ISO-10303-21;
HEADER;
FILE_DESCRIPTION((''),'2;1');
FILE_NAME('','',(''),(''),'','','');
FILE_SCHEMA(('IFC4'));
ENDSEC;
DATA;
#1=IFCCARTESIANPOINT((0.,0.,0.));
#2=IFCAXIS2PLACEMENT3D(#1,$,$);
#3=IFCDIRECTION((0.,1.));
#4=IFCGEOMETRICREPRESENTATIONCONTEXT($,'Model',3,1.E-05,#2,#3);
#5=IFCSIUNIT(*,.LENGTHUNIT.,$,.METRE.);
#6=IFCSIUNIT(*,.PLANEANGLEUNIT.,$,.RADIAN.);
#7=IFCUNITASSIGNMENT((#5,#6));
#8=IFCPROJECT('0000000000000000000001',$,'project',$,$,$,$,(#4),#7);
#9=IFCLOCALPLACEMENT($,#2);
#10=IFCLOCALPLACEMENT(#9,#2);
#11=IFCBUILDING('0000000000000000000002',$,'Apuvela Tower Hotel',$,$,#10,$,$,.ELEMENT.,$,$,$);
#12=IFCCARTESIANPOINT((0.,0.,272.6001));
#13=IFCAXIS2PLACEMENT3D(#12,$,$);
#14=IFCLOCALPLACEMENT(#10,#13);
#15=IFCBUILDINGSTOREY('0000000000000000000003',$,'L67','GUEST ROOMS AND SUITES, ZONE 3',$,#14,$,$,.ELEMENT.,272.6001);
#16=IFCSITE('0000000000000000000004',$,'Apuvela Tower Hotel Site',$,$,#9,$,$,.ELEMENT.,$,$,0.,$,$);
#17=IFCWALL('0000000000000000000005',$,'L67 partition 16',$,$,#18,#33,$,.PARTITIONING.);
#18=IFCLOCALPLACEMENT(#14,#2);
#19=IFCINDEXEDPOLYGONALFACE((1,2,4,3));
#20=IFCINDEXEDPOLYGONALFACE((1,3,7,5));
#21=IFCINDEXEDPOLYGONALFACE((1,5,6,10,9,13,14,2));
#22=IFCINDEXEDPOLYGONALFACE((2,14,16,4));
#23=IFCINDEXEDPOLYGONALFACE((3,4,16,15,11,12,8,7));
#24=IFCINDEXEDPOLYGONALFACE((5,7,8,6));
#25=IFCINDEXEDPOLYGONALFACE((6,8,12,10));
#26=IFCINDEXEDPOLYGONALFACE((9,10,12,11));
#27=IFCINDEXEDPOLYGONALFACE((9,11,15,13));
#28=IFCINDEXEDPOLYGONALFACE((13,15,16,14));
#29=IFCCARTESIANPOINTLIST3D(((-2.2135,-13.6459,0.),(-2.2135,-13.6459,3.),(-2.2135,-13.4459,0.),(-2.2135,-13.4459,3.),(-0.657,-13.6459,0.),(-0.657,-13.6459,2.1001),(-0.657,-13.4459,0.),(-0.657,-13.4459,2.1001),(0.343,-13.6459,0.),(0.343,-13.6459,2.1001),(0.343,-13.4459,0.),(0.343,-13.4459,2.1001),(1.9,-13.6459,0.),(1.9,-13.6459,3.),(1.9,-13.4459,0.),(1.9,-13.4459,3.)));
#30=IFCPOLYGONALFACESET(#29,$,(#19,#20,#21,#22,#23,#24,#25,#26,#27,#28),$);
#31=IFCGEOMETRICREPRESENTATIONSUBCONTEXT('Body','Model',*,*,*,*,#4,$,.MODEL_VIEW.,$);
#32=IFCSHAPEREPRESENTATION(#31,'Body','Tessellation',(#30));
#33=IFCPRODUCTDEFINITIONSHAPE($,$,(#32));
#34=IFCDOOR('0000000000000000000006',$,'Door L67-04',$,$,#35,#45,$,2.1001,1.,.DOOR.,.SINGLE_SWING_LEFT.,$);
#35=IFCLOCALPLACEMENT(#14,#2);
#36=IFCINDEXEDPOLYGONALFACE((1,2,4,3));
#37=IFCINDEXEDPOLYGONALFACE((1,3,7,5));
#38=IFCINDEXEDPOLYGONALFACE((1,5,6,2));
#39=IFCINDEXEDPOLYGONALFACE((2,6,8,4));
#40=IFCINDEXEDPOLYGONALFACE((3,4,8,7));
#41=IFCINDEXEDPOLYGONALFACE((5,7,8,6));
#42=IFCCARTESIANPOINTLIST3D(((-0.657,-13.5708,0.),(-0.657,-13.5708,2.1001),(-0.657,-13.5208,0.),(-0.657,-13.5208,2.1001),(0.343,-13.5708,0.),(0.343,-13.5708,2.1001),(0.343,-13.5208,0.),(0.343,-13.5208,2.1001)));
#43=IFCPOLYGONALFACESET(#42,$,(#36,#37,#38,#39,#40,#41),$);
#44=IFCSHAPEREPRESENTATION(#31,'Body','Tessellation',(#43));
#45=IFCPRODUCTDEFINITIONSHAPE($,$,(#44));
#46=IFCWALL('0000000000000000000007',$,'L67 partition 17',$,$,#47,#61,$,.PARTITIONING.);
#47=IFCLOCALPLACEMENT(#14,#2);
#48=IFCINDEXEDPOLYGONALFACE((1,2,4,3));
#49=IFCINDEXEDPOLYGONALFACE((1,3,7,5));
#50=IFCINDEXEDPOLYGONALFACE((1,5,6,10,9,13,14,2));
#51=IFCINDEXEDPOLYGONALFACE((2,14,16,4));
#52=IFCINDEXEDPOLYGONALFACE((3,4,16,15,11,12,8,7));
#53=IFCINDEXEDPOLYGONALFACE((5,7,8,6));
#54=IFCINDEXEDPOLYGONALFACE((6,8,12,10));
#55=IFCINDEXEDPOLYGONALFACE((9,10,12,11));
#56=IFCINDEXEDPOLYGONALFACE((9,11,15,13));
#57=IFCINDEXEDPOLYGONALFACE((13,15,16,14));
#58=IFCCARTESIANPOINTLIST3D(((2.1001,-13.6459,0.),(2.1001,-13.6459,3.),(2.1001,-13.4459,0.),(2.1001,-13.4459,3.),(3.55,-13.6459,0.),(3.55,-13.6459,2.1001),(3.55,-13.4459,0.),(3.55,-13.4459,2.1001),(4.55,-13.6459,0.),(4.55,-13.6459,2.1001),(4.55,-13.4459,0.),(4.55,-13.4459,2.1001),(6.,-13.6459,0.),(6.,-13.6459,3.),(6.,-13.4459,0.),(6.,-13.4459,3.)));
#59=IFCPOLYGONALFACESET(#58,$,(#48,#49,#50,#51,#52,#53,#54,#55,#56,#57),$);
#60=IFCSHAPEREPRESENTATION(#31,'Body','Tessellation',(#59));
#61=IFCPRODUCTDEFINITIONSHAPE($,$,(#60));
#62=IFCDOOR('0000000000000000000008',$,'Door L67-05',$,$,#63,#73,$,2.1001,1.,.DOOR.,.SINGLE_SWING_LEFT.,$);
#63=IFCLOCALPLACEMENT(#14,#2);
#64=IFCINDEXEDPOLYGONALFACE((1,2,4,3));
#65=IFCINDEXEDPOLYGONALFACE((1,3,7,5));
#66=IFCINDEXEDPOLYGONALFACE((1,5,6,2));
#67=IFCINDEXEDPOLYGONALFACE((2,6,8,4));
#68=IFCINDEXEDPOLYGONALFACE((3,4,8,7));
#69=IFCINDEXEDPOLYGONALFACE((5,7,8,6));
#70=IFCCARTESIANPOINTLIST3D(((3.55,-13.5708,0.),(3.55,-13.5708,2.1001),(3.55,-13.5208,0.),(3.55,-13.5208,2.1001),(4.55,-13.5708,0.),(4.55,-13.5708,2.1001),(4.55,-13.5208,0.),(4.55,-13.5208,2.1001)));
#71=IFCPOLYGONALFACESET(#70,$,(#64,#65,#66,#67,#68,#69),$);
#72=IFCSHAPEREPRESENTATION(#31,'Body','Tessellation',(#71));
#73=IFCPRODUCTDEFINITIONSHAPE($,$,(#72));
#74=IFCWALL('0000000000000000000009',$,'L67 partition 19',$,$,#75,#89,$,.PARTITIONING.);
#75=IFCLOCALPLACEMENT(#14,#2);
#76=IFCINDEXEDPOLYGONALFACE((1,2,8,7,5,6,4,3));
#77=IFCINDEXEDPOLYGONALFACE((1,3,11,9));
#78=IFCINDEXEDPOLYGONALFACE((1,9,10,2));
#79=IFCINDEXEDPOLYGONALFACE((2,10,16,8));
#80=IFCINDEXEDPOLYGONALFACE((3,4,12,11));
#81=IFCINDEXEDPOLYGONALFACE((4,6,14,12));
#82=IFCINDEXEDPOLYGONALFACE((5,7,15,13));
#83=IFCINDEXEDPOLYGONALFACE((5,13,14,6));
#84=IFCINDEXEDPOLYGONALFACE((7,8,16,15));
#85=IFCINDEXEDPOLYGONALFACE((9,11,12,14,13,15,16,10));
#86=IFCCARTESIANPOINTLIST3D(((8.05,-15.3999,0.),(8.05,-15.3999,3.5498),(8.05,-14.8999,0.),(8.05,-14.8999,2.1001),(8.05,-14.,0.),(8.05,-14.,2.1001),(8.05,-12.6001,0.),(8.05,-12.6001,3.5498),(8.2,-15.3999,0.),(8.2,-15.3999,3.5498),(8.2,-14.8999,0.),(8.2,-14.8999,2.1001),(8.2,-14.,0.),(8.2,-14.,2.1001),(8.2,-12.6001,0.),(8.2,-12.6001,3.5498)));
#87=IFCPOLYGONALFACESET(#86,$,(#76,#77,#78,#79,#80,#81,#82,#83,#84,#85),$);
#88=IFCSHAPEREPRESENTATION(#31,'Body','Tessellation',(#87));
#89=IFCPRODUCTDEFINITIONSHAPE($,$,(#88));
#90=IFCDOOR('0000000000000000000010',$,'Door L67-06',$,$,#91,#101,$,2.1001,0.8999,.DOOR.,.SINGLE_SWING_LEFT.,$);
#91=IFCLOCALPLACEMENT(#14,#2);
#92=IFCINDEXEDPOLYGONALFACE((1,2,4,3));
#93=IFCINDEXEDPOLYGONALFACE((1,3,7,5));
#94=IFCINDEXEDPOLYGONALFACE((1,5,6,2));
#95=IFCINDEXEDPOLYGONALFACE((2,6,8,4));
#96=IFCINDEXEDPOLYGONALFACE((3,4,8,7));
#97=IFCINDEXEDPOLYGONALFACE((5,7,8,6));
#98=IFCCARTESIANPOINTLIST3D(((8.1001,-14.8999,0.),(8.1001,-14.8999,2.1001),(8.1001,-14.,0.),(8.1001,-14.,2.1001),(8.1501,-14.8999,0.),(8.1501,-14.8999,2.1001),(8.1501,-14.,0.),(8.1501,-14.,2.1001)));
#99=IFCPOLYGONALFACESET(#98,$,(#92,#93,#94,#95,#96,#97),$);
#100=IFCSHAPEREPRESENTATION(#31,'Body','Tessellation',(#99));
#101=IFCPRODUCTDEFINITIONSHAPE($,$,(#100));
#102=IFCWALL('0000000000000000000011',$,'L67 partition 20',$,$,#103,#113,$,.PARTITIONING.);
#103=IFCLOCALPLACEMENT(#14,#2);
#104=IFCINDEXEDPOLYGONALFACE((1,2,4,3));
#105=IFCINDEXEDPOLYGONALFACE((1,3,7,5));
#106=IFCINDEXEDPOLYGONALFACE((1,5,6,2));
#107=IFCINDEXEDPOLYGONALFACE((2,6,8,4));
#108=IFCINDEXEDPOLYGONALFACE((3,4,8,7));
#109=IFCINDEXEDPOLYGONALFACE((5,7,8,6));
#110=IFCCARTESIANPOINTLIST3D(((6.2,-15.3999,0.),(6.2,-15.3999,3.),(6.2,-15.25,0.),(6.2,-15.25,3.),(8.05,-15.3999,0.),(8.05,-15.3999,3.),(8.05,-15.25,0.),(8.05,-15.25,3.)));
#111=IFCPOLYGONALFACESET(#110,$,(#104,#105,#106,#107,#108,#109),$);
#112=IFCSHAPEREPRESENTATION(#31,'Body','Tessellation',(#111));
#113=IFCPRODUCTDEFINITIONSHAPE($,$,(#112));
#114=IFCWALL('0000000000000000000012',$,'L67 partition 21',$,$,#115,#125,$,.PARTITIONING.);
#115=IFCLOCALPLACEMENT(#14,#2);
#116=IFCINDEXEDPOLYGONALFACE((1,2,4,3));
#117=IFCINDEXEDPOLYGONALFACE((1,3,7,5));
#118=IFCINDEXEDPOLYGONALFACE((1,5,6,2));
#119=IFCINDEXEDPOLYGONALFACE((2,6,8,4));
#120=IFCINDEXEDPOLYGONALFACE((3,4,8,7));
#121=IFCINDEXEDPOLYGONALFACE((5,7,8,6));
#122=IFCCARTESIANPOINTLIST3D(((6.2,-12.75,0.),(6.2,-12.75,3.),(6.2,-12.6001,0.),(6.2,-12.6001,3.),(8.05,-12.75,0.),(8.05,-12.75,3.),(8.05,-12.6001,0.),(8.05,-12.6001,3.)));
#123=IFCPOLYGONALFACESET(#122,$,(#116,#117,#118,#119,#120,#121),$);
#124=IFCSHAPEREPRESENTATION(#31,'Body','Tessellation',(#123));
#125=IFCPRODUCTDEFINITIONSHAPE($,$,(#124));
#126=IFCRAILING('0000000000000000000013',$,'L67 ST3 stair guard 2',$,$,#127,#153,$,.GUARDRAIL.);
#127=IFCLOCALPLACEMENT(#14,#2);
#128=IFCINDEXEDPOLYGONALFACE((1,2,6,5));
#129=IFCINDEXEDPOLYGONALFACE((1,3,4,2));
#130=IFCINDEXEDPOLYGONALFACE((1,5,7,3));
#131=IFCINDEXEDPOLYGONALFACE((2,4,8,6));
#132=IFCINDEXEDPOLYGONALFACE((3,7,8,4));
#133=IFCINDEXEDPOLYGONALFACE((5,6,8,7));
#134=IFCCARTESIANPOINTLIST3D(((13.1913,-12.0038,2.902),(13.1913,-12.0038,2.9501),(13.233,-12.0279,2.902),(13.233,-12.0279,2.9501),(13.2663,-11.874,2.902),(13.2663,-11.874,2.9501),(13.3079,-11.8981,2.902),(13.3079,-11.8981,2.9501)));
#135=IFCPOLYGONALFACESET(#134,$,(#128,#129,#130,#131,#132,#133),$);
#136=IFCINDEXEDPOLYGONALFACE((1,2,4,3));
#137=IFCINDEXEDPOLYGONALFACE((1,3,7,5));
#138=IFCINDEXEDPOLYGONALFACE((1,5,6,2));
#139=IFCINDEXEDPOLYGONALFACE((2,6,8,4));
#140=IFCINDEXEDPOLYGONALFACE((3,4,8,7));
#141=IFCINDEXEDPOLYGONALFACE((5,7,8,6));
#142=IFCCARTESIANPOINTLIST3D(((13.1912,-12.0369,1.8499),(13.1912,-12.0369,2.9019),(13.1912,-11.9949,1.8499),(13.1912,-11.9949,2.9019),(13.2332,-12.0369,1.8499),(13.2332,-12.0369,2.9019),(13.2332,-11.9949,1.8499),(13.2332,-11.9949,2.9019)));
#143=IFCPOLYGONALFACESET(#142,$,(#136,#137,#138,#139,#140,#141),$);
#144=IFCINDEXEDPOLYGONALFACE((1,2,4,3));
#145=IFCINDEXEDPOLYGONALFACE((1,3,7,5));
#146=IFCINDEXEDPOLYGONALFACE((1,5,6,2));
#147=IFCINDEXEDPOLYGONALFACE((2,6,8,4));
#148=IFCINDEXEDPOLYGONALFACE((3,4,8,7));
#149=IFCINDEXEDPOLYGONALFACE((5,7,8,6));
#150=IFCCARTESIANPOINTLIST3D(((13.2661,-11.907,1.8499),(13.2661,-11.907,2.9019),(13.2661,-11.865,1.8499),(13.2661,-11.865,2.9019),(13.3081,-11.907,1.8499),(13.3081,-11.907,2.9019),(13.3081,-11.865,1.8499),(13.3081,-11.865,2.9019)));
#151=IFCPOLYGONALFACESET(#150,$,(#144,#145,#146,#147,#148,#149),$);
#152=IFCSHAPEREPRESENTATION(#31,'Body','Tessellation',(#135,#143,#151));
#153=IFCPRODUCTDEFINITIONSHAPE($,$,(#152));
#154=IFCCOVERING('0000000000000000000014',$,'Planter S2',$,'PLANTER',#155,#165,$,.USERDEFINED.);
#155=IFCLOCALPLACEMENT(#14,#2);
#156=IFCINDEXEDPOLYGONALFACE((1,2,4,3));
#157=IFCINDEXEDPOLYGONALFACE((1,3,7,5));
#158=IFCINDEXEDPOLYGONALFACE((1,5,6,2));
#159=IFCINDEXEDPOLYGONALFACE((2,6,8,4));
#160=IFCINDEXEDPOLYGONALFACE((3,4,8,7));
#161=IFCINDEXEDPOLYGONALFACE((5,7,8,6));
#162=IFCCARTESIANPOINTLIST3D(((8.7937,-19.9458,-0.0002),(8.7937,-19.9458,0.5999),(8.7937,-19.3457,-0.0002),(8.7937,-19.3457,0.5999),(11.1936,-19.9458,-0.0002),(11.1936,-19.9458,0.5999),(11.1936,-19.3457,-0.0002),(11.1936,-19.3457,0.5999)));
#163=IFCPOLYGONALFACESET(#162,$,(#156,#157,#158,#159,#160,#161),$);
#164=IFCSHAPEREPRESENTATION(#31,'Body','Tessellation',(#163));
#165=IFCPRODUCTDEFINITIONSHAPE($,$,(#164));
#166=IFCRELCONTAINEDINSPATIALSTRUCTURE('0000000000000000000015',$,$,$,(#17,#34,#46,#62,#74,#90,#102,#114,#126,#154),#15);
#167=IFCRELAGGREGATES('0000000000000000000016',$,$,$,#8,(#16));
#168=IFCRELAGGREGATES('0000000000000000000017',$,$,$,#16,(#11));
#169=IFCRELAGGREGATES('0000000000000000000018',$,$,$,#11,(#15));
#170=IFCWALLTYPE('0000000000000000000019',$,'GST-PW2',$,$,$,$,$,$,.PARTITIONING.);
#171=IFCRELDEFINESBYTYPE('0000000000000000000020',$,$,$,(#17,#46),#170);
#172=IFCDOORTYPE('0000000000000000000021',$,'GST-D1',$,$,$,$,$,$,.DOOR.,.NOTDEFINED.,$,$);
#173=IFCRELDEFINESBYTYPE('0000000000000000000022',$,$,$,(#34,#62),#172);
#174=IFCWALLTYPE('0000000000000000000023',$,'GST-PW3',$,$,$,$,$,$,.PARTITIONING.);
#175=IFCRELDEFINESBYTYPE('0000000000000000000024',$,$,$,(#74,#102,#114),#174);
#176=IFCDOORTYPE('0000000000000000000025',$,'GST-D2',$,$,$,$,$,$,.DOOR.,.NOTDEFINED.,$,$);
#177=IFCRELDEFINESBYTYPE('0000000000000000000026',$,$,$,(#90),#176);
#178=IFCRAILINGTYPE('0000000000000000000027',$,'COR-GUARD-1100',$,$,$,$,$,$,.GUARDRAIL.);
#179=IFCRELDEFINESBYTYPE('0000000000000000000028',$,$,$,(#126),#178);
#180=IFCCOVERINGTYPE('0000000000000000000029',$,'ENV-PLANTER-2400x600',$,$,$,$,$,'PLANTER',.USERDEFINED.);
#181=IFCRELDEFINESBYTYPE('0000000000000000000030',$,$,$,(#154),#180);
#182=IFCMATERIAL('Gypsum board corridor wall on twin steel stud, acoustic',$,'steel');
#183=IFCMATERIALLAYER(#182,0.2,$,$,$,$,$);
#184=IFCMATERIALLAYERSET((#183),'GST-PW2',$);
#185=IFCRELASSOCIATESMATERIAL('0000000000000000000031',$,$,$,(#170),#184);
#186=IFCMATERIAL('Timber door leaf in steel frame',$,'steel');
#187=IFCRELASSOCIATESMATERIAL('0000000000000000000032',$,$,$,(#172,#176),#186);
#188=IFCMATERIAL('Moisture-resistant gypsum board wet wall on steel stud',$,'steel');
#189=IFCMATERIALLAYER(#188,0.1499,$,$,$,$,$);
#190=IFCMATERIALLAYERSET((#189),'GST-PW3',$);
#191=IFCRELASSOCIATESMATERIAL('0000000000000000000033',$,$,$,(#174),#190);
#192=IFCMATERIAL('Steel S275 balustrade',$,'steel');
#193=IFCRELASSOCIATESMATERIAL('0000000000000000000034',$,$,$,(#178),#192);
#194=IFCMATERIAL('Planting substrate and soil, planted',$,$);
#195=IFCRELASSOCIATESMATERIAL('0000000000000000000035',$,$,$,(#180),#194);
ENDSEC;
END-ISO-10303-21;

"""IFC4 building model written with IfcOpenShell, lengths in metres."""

from ifc_helpers import new_model, si_unit, direction, frame, frame_2d, origin, origin_2d, place, context, subcontext, project, spatial, rectangle, extrude, material, layer, layer_set, type_object, element, fill, save


model = new_model("IFC4")

# Units and contexts
model_context = context("Model", 3, precision=1e-05, world=origin(), true_north=direction((0.0, 1.0)))
body_context = subcontext(model_context, "Body", "Model", "MODEL_VIEW")
ifc_project = project(units=[si_unit("LENGTHUNIT", "METRE"), si_unit("PLANEANGLEUNIT", "RADIAN")], contexts=[model_context])

# Site, building, storey
site_placement = place(None, origin())
site = spatial("IfcSite", under=ifc_project, at=site_placement, Name="Apuvela Tower Hotel Site", CompositionType="ELEMENT", RefElevation=0.0)
building_placement = place(site_placement, origin())
building = spatial("IfcBuilding", under=site, at=building_placement, Name="Apuvela Tower Hotel", CompositionType="ELEMENT")
storey_placement = place(building_placement, frame((0.0, 0.0, 272.6001)))
storey = spatial("IfcBuildingStorey", under=building, at=storey_placement, Name="L67", Description="GUEST ROOMS AND SUITES, ZONE 3", CompositionType="ELEMENT", Elevation=272.6001)

# Walls, openings, doors
ifc_material_1 = material(Name="Gypsum board corridor wall on twin steel stud, acoustic", Category="steel")
ifc_layer_1 = layer(ifc_material_1, 0.2)
ifc_layer_set_1 = layer_set([ifc_layer_1], Name="GST-PW2")
wall_type_1 = type_object("IfcWallType", Name="GST-PW2", PredefinedType="PARTITIONING", material=ifc_layer_set_1)
wall_1_placement = place(storey_placement, frame((1.8999, -13.5459, 0.0), z_axis=(0.0, 0.0, 1.0), x_axis=(-1.0, 0.0, 0.0)))
wall_1 = element("IfcWall", 1, at=wall_1_placement, inside=storey, type_object=wall_type_1, Name="L67 partition 16", PredefinedType="PARTITIONING", context=body_context, shape_type="SweptSolid", body=[
    extrude(rectangle(XDim=4.1135, YDim=0.2, at=frame_2d((2.0566, 0.0))), origin(), (0.0, 0.0, 1.0), 3.0),
])
opening_1_placement = place(wall_1_placement, frame((1.5569, 0.0, 0.0)))
opening_1 = element("IfcOpeningElement", 2, at=opening_1_placement, cuts=wall_1, PredefinedType="OPENING", context=body_context, shape_type="SweptSolid", body=[
    extrude(rectangle(XDim=1.0, YDim=2.1001, at=frame_2d((0.5, 1.05))), frame((0.0, 0.1099, 0.0), z_axis=(0.0, -1.0, 0.0), x_axis=(1.0, 0.0, 0.0)), (0.0, 0.0, 1.0), 0.22),
])
ifc_material_2 = material(Name="Timber door leaf in steel frame", Category="steel")
door_type_1 = type_object("IfcDoorType", Name="GST-D1", OperationType="NOTDEFINED", PredefinedType="DOOR", material=ifc_material_2)
door_1_placement = place(opening_1_placement, origin())
door_1 = element("IfcDoor", 3, at=door_1_placement, inside=storey, type_object=door_type_1, Name="Door L67-04", OperationType="SINGLE_SWING_LEFT", OverallHeight=2.1001, OverallWidth=1.0, PredefinedType="DOOR", context=body_context, shape_type="SweptSolid", body=[
    extrude(rectangle(XDim=1.0, YDim=2.1001, at=frame_2d((0.5, 1.05))), frame((0.0, 0.0249, 0.0), z_axis=(0.0, -1.0, 0.0), x_axis=(1.0, 0.0, 0.0)), (0.0, 0.0, 1.0), 0.05),
])
fill(opening_1, door_1)
wall_2_placement = place(storey_placement, frame((6.0, -13.5459, 0.0), z_axis=(0.0, 0.0, 1.0), x_axis=(-1.0, 0.0, 0.0)))
wall_2 = element("IfcWall", 4, at=wall_2_placement, inside=storey, type_object=wall_type_1, Name="L67 partition 17", PredefinedType="PARTITIONING", context=body_context, shape_type="SweptSolid", body=[
    extrude(rectangle(XDim=3.8999, YDim=0.2, at=frame_2d((1.95, 0.0))), origin(), (0.0, 0.0, 1.0), 3.0),
])
opening_2_placement = place(wall_2_placement, frame((1.45, 0.0, 0.0)))
opening_2 = element("IfcOpeningElement", 5, at=opening_2_placement, cuts=wall_2, PredefinedType="OPENING", context=body_context, shape_type="SweptSolid", body=[
    extrude(rectangle(XDim=1.0, YDim=2.1001, at=frame_2d((0.5, 1.05))), frame((0.0, 0.1099, 0.0), z_axis=(0.0, -1.0, 0.0), x_axis=(1.0, 0.0, 0.0)), (0.0, 0.0, 1.0), 0.22),
])
door_2_placement = place(opening_2_placement, origin())
door_2 = element("IfcDoor", 6, at=door_2_placement, inside=storey, type_object=door_type_1, Name="Door L67-05", OperationType="SINGLE_SWING_LEFT", OverallHeight=2.1001, OverallWidth=1.0, PredefinedType="DOOR", context=body_context, shape_type="SweptSolid", body=[
    extrude(rectangle(XDim=1.0, YDim=2.1001, at=frame_2d((0.5, 1.05))), frame((0.0, 0.0249, 0.0), z_axis=(0.0, -1.0, 0.0), x_axis=(1.0, 0.0, 0.0)), (0.0, 0.0, 1.0), 0.05),
])
fill(opening_2, door_2)
ifc_material_3 = material(Name="Moisture-resistant gypsum board wet wall on steel stud", Category="steel")
ifc_layer_2 = layer(ifc_material_3, 0.1499)
ifc_layer_set_2 = layer_set([ifc_layer_2], Name="GST-PW3")
wall_type_2 = type_object("IfcWallType", Name="GST-PW3", PredefinedType="PARTITIONING", material=ifc_layer_set_2)
wall_3_placement = place(storey_placement, frame((8.125, -15.3999, 0.0), z_axis=(0.0, 0.0, 1.0), x_axis=(0.0, 1.0, 0.0)))
wall_3 = element("IfcWall", 7, at=wall_3_placement, inside=storey, type_object=wall_type_2, Name="L67 partition 19", PredefinedType="PARTITIONING", context=body_context, shape_type="SweptSolid", body=[
    extrude(rectangle(XDim=2.7998, YDim=0.1499, at=frame_2d((1.3999, 0.0))), origin(), (0.0, 0.0, 1.0), 3.5498),
])
opening_3_placement = place(wall_3_placement, frame((0.5, 0.0, 0.0)))
opening_3 = element("IfcOpeningElement", 8, at=opening_3_placement, cuts=wall_3, PredefinedType="OPENING", context=body_context, shape_type="SweptSolid", body=[
    extrude(rectangle(XDim=0.8999, YDim=2.1001, at=frame_2d((0.45, 1.05))), frame((0.0, 0.085, 0.0), z_axis=(0.0, -1.0, 0.0), x_axis=(1.0, 0.0, 0.0)), (0.0, 0.0, 1.0), 0.1699),
])
door_type_2 = type_object("IfcDoorType", Name="GST-D2", OperationType="NOTDEFINED", PredefinedType="DOOR", material=ifc_material_2)
door_3_placement = place(opening_3_placement, origin())
door_3 = element("IfcDoor", 9, at=door_3_placement, inside=storey, type_object=door_type_2, Name="Door L67-06", OperationType="SINGLE_SWING_LEFT", OverallHeight=2.1001, OverallWidth=0.8999, PredefinedType="DOOR", context=body_context, shape_type="SweptSolid", body=[
    extrude(rectangle(XDim=0.8999, YDim=2.1001, at=frame_2d((0.45, 1.05))), frame((0.0, 0.0249, 0.0), z_axis=(0.0, -1.0, 0.0), x_axis=(1.0, 0.0, 0.0)), (0.0, 0.0, 1.0), 0.05),
])
fill(opening_3, door_3)

# Walls
for number, where, z_axis, x_axis, name in (
    (10, (6.2, -15.325, 0.0), (0.0, 0.0, 1.0), (1.0, 0.0, 0.0), "L67 partition 20"),
    (11, (6.2, -12.675, 0.0), (0.0, 0.0, 1.0), (1.0, 0.0, 0.0), "L67 partition 21"),
):
    element("IfcWall", number, at=place(storey_placement, frame(where, z_axis=z_axis, x_axis=x_axis)), inside=storey, type_object=wall_type_2, Name=name, PredefinedType="PARTITIONING", context=body_context, shape_type="SweptSolid", body=[
        extrude(rectangle(XDim=1.8501, YDim=0.1499, at=frame_2d((0.925, 0.0))), origin(), (0.0, 0.0, 1.0), 3.0),
    ])

# Railing
ifc_material_4 = material(Name="Steel S275 balustrade", Category="steel")
railing_type = type_object("IfcRailingType", Name="COR-GUARD-1100", PredefinedType="GUARDRAIL", material=ifc_material_4)
railing_placement = place(storey_placement, frame((13.2122, -12.0159, 1.8499)))
element("IfcRailing", 12, at=railing_placement, inside=storey, type_object=railing_type, Name="L67 ST3 stair guard 2", PredefinedType="GUARDRAIL", context=body_context, shape_type="SweptSolid", body=[
    extrude(rectangle(XDim=0.0481, YDim=0.0481, at=origin_2d()), frame((0.0, 0.0, 1.0762), z_axis=(0.499816, 0.866131, 0.0), x_axis=(-0.866131, 0.499816, 0.0)), (0.0, 0.0, 1.0), 0.1499),
    extrude(rectangle(XDim=0.042, YDim=0.042, at=origin_2d()), origin(), (0.0, 0.0, 1.0), 1.052),
    extrude(rectangle(XDim=0.042, YDim=0.042, at=origin_2d()), frame((0.075, 0.1299, 0.0)), (0.0, 0.0, 1.0), 1.052),
])

# Covering
ifc_material_5 = material(Name="Planting substrate and soil, planted")
covering_type = type_object("IfcCoveringType", Name="ENV-PLANTER-2400x600", ElementType="PLANTER", PredefinedType="USERDEFINED", material=ifc_material_5)
covering_placement = place(storey_placement, frame((9.9937, -19.6458, -0.0002), z_axis=(0.0, 0.0, 1.0), x_axis=(1.0, 0.0, 0.0)))
element("IfcCovering", 13, at=covering_placement, inside=storey, type_object=covering_type, Name="Planter S2", ObjectType="PLANTER", PredefinedType="USERDEFINED", context=body_context, shape_type="SweptSolid", body=[
    extrude(rectangle(XDim=2.3999, YDim=0.6001, at=origin_2d()), origin(), (0.0, 0.0, 1.0), 0.6001),
])

save(model, "model.ifc")
